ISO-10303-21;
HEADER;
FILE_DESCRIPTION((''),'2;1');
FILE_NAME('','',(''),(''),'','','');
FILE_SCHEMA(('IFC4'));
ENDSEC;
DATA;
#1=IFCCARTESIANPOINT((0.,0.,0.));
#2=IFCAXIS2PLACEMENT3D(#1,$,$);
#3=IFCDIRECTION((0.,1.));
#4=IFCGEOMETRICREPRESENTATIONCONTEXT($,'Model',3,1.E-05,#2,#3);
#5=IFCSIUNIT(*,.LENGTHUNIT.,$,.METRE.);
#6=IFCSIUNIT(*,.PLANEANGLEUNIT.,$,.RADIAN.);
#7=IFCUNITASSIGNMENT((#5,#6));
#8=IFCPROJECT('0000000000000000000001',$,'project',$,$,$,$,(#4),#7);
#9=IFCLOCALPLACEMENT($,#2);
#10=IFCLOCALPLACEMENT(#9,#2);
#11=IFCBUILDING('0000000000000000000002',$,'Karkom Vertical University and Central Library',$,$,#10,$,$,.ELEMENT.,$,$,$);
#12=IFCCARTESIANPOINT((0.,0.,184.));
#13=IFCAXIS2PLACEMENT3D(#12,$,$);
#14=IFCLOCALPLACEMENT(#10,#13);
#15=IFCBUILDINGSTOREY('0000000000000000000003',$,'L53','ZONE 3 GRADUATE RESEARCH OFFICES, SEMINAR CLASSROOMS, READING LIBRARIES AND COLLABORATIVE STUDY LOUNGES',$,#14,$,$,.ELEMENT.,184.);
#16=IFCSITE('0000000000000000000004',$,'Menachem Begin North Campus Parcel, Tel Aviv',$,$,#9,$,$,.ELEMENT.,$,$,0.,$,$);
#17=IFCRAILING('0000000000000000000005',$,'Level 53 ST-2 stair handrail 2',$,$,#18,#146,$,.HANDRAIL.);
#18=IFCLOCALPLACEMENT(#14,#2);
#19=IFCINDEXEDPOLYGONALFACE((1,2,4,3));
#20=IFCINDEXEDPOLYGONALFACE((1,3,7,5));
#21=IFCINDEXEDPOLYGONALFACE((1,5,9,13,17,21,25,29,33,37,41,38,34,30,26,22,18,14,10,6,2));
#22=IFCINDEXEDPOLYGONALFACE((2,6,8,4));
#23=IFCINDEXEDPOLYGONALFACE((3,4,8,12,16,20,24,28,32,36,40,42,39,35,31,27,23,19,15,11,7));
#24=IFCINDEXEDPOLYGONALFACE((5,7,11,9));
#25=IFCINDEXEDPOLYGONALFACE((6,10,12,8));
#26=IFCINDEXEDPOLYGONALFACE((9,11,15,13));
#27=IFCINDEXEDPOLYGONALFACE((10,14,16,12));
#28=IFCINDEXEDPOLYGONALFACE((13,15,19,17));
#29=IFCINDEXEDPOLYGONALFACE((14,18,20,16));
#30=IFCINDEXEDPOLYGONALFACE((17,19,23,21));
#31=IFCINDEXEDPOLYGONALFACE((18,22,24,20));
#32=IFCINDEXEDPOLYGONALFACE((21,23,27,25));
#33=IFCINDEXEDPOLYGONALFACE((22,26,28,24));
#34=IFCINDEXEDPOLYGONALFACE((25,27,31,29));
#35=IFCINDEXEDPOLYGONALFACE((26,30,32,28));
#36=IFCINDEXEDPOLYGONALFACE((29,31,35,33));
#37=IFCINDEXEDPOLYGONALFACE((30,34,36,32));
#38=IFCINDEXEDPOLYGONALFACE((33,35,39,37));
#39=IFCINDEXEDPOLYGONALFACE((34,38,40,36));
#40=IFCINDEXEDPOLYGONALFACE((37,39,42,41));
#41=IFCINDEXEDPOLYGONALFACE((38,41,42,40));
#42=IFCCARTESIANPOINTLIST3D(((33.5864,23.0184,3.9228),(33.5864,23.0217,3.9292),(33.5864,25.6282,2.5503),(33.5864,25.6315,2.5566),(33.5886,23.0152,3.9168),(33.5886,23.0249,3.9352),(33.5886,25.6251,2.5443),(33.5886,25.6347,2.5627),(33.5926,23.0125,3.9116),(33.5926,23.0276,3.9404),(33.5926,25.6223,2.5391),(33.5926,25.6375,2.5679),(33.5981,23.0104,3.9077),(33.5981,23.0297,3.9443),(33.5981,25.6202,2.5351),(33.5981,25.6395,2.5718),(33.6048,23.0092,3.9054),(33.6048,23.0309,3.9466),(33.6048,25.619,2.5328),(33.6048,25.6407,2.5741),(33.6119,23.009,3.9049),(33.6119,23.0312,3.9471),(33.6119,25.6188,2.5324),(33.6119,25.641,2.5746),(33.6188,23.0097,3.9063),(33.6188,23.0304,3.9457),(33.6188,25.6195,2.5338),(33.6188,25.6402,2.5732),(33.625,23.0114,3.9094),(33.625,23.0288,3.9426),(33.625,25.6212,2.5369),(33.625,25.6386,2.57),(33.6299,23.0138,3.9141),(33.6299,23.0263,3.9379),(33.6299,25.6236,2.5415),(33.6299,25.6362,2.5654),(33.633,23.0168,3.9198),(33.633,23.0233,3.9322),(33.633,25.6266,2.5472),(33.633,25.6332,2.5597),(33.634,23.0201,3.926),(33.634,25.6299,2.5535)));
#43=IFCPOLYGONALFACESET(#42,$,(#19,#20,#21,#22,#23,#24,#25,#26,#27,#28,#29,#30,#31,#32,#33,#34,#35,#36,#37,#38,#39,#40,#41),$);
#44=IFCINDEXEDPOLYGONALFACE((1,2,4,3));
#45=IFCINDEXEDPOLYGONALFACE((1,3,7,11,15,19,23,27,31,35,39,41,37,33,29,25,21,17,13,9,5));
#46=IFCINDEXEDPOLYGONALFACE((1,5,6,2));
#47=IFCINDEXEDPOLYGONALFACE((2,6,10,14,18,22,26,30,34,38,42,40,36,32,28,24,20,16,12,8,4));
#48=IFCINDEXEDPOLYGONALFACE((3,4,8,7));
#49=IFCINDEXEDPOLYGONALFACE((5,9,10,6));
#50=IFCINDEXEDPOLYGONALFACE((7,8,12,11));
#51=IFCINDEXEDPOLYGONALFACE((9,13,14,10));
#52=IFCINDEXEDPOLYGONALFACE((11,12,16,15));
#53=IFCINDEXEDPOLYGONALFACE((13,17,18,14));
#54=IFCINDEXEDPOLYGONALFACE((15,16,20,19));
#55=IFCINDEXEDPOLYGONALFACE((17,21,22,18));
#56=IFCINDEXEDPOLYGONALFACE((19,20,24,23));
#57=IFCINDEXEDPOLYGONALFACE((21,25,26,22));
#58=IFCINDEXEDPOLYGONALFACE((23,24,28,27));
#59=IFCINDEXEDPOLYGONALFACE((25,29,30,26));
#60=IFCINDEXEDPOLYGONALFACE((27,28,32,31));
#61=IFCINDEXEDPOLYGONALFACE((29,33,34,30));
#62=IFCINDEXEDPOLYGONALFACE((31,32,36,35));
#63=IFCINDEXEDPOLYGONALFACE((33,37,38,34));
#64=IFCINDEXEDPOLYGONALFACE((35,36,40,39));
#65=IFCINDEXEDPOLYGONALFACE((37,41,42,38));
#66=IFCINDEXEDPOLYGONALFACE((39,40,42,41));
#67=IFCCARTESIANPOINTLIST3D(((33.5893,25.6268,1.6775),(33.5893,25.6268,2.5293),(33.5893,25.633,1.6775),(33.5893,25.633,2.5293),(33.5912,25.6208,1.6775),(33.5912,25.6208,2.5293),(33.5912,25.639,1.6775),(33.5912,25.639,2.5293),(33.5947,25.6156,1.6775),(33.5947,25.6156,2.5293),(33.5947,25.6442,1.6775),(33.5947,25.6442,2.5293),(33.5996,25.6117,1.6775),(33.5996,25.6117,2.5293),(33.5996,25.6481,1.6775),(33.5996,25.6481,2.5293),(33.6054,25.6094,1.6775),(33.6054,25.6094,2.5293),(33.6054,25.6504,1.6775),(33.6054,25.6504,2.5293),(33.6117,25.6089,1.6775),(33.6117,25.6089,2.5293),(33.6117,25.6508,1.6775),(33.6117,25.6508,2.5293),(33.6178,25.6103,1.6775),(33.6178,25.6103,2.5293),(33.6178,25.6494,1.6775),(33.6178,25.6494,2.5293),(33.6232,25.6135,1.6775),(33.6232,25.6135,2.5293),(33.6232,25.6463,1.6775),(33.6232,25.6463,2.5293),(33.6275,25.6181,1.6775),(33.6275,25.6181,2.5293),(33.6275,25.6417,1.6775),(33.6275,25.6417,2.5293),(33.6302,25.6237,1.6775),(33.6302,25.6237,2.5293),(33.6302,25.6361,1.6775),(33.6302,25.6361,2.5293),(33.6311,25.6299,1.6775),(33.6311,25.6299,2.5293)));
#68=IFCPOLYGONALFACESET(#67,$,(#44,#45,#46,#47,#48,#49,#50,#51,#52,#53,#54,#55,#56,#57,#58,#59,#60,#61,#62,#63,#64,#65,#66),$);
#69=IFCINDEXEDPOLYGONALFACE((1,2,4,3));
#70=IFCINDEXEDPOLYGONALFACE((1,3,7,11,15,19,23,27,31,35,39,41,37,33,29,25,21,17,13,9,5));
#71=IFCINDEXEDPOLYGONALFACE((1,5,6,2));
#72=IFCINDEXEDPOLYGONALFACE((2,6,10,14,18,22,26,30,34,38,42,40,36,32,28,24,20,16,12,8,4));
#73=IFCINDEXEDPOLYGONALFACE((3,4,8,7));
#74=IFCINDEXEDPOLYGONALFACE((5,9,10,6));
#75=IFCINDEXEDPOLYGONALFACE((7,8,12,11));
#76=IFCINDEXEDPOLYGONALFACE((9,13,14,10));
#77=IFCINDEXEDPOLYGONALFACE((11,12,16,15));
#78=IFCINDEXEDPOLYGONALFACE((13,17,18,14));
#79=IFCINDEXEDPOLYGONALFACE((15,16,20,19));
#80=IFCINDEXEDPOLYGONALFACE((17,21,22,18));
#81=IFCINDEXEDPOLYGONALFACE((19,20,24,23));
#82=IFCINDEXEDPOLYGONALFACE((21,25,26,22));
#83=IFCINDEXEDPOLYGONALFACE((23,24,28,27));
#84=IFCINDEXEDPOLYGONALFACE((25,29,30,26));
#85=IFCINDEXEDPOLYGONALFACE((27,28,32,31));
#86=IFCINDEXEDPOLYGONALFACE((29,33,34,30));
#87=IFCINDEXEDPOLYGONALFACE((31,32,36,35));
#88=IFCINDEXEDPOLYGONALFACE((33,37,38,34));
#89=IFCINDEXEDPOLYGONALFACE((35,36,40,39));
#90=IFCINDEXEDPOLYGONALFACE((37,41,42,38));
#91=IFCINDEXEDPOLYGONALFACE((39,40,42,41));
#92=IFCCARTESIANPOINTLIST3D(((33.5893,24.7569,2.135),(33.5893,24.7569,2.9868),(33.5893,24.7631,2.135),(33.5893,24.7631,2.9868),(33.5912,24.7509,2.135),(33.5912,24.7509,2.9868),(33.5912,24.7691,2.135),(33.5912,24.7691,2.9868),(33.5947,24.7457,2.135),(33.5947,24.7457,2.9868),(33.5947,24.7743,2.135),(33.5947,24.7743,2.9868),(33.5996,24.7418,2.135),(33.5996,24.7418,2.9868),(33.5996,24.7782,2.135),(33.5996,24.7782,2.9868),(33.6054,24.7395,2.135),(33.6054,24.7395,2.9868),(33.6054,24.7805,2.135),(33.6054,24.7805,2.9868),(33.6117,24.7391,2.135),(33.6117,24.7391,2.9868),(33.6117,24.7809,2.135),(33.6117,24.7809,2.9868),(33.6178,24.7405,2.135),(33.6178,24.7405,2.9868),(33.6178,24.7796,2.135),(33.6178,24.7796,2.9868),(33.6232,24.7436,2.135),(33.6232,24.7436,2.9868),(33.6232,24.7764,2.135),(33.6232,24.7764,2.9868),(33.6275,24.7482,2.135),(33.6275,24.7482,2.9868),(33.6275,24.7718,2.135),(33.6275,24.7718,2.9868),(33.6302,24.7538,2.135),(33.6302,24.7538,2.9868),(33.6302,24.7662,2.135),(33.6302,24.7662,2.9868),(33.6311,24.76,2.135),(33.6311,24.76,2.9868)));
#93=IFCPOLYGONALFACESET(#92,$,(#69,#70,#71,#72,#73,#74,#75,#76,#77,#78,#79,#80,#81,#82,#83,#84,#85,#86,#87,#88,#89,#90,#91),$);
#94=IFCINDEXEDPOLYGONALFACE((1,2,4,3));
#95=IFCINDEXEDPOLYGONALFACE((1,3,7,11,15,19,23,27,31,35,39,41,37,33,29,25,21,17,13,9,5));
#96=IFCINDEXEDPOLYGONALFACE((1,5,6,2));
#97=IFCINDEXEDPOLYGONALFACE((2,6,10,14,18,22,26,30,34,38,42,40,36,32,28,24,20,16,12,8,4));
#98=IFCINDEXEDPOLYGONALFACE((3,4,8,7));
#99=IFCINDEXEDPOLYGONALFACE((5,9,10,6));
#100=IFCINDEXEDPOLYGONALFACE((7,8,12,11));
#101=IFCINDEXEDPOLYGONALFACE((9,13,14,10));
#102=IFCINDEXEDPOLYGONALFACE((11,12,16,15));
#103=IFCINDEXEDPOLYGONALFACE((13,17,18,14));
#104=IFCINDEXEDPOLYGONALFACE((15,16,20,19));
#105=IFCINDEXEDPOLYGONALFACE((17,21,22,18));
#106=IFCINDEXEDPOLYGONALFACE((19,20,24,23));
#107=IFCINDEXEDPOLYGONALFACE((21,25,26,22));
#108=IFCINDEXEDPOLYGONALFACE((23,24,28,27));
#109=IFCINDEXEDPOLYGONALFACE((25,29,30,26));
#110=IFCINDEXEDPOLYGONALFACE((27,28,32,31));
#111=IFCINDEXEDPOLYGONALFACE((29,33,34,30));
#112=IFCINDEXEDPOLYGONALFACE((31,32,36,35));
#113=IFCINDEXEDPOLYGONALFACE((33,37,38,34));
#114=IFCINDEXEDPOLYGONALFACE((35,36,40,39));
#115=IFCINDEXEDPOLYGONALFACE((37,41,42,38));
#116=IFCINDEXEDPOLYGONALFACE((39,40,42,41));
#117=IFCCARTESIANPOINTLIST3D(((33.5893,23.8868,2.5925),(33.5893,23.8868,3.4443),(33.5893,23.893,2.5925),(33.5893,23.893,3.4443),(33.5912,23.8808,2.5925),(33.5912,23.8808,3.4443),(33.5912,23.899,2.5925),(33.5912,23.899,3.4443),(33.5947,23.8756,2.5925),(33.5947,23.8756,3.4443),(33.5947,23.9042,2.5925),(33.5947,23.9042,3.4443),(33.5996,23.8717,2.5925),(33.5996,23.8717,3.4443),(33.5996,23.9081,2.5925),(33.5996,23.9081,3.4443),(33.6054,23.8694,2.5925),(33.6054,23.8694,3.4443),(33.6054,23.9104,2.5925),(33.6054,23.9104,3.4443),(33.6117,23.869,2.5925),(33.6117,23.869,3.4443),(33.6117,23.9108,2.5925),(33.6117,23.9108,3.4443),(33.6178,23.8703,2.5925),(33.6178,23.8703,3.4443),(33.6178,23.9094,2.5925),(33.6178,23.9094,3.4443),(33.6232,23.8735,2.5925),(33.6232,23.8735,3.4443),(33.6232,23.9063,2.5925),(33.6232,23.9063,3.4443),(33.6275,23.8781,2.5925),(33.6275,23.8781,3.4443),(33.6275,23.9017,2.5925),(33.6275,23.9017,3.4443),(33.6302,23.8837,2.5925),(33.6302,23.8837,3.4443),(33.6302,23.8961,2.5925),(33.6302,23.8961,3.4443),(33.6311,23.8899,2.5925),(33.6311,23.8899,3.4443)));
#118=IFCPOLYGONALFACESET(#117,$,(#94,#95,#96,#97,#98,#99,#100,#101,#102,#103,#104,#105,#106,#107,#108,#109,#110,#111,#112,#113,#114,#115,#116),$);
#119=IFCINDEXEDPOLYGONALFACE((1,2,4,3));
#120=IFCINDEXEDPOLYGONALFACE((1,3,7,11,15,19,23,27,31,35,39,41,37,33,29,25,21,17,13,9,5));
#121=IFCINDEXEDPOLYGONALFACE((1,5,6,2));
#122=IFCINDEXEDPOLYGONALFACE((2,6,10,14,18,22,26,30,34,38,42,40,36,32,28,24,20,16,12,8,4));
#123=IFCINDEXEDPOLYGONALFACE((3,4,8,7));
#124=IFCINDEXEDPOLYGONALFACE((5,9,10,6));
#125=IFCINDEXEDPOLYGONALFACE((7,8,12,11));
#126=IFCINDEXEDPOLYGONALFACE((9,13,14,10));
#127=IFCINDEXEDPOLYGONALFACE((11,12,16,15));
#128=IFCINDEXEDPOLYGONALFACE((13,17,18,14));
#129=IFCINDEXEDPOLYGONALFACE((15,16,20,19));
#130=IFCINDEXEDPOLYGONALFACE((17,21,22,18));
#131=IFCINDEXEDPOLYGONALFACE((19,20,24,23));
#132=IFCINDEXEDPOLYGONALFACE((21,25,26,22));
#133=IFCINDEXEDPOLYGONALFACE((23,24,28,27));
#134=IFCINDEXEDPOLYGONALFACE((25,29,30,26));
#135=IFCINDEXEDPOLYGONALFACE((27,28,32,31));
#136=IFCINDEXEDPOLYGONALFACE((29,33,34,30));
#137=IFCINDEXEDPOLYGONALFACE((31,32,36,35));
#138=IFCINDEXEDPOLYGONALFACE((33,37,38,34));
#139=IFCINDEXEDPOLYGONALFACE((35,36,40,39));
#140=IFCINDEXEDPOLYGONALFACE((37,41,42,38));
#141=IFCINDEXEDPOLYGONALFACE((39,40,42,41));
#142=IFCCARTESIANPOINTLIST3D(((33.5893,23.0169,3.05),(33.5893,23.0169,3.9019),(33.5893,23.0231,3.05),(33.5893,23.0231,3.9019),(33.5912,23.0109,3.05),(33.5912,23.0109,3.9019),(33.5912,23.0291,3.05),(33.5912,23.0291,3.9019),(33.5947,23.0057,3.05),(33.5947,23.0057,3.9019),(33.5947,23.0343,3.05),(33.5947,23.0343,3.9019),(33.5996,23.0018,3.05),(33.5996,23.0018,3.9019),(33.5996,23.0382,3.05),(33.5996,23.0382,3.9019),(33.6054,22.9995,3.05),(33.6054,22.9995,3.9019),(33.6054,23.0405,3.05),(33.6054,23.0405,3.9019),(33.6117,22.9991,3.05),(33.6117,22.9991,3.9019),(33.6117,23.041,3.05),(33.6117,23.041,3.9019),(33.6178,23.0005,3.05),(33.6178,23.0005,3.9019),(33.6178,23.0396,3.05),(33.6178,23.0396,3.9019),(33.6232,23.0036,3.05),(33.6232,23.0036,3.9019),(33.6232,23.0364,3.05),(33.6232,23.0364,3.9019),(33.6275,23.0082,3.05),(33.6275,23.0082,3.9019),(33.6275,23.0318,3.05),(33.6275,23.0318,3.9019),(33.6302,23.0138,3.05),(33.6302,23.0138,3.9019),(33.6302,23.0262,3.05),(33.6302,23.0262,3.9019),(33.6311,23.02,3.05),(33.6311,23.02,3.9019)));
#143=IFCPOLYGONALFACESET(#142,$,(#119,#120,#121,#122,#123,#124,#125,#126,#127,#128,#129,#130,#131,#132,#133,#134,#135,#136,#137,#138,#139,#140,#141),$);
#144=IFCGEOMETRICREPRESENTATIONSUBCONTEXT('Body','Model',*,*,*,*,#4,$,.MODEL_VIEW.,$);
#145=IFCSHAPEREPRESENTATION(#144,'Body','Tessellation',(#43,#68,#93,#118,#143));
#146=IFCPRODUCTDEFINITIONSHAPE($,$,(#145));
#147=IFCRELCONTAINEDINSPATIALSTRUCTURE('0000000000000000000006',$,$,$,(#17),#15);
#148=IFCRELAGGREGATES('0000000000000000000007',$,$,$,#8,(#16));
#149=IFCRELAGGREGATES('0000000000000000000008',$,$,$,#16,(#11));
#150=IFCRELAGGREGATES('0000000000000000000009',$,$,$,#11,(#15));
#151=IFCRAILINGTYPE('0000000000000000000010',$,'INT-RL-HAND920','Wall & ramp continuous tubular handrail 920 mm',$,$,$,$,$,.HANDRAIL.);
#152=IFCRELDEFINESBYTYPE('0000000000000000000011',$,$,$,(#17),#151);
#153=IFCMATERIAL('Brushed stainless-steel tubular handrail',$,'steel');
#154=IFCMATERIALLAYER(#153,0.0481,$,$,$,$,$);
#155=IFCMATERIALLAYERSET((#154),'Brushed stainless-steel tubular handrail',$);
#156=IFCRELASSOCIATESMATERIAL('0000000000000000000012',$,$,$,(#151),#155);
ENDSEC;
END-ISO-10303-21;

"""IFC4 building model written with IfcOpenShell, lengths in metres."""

from ifc_helpers import new_model, si_unit, direction, frame, origin, origin_2d, place, context, subcontext, project, spatial, circle, extrude, material, layer, layer_set, type_object, element, save


model = new_model("IFC4")

# Units and contexts
model_context = context("Model", 3, precision=1e-05, world=origin(), true_north=direction((0.0, 1.0)))
body_context = subcontext(model_context, "Body", "Model", "MODEL_VIEW")
ifc_project = project(units=[si_unit("LENGTHUNIT", "METRE"), si_unit("PLANEANGLEUNIT", "RADIAN")], contexts=[model_context])

# Site, building, storey
site_placement = place(None, origin())
site = spatial("IfcSite", under=ifc_project, at=site_placement, Name="Menachem Begin North Campus Parcel, Tel Aviv", CompositionType="ELEMENT", RefElevation=0.0)
building_placement = place(site_placement, origin())
building = spatial("IfcBuilding", under=site, at=building_placement, Name="Karkom Vertical University and Central Library", CompositionType="ELEMENT")
storey_placement = place(building_placement, frame((0.0, 0.0, 184.0)))
storey = spatial("IfcBuildingStorey", under=building, at=storey_placement, Name="L53", Description="ZONE 3 GRADUATE RESEARCH OFFICES, SEMINAR CLASSROOMS, READING LIBRARIES AND COLLABORATIVE STUDY LOUNGES", CompositionType="ELEMENT", Elevation=184.0)

# Railing
ifc_material_1 = material(Name="Brushed stainless-steel tubular handrail", Category="steel")
ifc_layer_1 = layer(ifc_material_1, 0.0481)
ifc_layer_set_1 = layer_set([ifc_layer_1], Name="Brushed stainless-steel tubular handrail")
railing_type_1 = type_object("IfcRailingType", Name="INT-RL-HAND920", Description="Wall & ramp continuous tubular handrail 920 mm", PredefinedType="HANDRAIL", material=ifc_layer_set_1)
railing_1_placement = place(storey_placement, frame((33.6101, 25.6299, 1.6775)))
element("IfcRailing", 1, at=railing_1_placement, inside=storey, type_object=railing_type_1, Name="Level 53 ST-2 stair handrail 2", PredefinedType="HANDRAIL", context=body_context, shape_type="SweptSolid", body=[
    extrude(circle(Radius=0.0239, at=origin_2d()), frame((0.0, 0.0, 0.876), z_axis=(0.0, -0.885065, 0.465467), x_axis=(1.0, 0.0, 0.0)), (0.0, 0.0, 1.0), 2.9487),
    extrude(circle(Radius=0.021, at=origin_2d()), origin(), (0.0, 0.0, 1.0), 0.8518),
    extrude(circle(Radius=0.021, at=origin_2d()), frame((0.0, -0.8699, 0.4575)), (0.0, 0.0, 1.0), 0.8518),
    extrude(circle(Radius=0.021, at=origin_2d()), frame((0.0, -1.74, 0.915)), (0.0, 0.0, 1.0), 0.8518),
    extrude(circle(Radius=0.021, at=origin_2d()), frame((0.0, -2.6099, 1.3726)), (0.0, 0.0, 1.0), 0.8518),
])

save(model, "model.ifc")
